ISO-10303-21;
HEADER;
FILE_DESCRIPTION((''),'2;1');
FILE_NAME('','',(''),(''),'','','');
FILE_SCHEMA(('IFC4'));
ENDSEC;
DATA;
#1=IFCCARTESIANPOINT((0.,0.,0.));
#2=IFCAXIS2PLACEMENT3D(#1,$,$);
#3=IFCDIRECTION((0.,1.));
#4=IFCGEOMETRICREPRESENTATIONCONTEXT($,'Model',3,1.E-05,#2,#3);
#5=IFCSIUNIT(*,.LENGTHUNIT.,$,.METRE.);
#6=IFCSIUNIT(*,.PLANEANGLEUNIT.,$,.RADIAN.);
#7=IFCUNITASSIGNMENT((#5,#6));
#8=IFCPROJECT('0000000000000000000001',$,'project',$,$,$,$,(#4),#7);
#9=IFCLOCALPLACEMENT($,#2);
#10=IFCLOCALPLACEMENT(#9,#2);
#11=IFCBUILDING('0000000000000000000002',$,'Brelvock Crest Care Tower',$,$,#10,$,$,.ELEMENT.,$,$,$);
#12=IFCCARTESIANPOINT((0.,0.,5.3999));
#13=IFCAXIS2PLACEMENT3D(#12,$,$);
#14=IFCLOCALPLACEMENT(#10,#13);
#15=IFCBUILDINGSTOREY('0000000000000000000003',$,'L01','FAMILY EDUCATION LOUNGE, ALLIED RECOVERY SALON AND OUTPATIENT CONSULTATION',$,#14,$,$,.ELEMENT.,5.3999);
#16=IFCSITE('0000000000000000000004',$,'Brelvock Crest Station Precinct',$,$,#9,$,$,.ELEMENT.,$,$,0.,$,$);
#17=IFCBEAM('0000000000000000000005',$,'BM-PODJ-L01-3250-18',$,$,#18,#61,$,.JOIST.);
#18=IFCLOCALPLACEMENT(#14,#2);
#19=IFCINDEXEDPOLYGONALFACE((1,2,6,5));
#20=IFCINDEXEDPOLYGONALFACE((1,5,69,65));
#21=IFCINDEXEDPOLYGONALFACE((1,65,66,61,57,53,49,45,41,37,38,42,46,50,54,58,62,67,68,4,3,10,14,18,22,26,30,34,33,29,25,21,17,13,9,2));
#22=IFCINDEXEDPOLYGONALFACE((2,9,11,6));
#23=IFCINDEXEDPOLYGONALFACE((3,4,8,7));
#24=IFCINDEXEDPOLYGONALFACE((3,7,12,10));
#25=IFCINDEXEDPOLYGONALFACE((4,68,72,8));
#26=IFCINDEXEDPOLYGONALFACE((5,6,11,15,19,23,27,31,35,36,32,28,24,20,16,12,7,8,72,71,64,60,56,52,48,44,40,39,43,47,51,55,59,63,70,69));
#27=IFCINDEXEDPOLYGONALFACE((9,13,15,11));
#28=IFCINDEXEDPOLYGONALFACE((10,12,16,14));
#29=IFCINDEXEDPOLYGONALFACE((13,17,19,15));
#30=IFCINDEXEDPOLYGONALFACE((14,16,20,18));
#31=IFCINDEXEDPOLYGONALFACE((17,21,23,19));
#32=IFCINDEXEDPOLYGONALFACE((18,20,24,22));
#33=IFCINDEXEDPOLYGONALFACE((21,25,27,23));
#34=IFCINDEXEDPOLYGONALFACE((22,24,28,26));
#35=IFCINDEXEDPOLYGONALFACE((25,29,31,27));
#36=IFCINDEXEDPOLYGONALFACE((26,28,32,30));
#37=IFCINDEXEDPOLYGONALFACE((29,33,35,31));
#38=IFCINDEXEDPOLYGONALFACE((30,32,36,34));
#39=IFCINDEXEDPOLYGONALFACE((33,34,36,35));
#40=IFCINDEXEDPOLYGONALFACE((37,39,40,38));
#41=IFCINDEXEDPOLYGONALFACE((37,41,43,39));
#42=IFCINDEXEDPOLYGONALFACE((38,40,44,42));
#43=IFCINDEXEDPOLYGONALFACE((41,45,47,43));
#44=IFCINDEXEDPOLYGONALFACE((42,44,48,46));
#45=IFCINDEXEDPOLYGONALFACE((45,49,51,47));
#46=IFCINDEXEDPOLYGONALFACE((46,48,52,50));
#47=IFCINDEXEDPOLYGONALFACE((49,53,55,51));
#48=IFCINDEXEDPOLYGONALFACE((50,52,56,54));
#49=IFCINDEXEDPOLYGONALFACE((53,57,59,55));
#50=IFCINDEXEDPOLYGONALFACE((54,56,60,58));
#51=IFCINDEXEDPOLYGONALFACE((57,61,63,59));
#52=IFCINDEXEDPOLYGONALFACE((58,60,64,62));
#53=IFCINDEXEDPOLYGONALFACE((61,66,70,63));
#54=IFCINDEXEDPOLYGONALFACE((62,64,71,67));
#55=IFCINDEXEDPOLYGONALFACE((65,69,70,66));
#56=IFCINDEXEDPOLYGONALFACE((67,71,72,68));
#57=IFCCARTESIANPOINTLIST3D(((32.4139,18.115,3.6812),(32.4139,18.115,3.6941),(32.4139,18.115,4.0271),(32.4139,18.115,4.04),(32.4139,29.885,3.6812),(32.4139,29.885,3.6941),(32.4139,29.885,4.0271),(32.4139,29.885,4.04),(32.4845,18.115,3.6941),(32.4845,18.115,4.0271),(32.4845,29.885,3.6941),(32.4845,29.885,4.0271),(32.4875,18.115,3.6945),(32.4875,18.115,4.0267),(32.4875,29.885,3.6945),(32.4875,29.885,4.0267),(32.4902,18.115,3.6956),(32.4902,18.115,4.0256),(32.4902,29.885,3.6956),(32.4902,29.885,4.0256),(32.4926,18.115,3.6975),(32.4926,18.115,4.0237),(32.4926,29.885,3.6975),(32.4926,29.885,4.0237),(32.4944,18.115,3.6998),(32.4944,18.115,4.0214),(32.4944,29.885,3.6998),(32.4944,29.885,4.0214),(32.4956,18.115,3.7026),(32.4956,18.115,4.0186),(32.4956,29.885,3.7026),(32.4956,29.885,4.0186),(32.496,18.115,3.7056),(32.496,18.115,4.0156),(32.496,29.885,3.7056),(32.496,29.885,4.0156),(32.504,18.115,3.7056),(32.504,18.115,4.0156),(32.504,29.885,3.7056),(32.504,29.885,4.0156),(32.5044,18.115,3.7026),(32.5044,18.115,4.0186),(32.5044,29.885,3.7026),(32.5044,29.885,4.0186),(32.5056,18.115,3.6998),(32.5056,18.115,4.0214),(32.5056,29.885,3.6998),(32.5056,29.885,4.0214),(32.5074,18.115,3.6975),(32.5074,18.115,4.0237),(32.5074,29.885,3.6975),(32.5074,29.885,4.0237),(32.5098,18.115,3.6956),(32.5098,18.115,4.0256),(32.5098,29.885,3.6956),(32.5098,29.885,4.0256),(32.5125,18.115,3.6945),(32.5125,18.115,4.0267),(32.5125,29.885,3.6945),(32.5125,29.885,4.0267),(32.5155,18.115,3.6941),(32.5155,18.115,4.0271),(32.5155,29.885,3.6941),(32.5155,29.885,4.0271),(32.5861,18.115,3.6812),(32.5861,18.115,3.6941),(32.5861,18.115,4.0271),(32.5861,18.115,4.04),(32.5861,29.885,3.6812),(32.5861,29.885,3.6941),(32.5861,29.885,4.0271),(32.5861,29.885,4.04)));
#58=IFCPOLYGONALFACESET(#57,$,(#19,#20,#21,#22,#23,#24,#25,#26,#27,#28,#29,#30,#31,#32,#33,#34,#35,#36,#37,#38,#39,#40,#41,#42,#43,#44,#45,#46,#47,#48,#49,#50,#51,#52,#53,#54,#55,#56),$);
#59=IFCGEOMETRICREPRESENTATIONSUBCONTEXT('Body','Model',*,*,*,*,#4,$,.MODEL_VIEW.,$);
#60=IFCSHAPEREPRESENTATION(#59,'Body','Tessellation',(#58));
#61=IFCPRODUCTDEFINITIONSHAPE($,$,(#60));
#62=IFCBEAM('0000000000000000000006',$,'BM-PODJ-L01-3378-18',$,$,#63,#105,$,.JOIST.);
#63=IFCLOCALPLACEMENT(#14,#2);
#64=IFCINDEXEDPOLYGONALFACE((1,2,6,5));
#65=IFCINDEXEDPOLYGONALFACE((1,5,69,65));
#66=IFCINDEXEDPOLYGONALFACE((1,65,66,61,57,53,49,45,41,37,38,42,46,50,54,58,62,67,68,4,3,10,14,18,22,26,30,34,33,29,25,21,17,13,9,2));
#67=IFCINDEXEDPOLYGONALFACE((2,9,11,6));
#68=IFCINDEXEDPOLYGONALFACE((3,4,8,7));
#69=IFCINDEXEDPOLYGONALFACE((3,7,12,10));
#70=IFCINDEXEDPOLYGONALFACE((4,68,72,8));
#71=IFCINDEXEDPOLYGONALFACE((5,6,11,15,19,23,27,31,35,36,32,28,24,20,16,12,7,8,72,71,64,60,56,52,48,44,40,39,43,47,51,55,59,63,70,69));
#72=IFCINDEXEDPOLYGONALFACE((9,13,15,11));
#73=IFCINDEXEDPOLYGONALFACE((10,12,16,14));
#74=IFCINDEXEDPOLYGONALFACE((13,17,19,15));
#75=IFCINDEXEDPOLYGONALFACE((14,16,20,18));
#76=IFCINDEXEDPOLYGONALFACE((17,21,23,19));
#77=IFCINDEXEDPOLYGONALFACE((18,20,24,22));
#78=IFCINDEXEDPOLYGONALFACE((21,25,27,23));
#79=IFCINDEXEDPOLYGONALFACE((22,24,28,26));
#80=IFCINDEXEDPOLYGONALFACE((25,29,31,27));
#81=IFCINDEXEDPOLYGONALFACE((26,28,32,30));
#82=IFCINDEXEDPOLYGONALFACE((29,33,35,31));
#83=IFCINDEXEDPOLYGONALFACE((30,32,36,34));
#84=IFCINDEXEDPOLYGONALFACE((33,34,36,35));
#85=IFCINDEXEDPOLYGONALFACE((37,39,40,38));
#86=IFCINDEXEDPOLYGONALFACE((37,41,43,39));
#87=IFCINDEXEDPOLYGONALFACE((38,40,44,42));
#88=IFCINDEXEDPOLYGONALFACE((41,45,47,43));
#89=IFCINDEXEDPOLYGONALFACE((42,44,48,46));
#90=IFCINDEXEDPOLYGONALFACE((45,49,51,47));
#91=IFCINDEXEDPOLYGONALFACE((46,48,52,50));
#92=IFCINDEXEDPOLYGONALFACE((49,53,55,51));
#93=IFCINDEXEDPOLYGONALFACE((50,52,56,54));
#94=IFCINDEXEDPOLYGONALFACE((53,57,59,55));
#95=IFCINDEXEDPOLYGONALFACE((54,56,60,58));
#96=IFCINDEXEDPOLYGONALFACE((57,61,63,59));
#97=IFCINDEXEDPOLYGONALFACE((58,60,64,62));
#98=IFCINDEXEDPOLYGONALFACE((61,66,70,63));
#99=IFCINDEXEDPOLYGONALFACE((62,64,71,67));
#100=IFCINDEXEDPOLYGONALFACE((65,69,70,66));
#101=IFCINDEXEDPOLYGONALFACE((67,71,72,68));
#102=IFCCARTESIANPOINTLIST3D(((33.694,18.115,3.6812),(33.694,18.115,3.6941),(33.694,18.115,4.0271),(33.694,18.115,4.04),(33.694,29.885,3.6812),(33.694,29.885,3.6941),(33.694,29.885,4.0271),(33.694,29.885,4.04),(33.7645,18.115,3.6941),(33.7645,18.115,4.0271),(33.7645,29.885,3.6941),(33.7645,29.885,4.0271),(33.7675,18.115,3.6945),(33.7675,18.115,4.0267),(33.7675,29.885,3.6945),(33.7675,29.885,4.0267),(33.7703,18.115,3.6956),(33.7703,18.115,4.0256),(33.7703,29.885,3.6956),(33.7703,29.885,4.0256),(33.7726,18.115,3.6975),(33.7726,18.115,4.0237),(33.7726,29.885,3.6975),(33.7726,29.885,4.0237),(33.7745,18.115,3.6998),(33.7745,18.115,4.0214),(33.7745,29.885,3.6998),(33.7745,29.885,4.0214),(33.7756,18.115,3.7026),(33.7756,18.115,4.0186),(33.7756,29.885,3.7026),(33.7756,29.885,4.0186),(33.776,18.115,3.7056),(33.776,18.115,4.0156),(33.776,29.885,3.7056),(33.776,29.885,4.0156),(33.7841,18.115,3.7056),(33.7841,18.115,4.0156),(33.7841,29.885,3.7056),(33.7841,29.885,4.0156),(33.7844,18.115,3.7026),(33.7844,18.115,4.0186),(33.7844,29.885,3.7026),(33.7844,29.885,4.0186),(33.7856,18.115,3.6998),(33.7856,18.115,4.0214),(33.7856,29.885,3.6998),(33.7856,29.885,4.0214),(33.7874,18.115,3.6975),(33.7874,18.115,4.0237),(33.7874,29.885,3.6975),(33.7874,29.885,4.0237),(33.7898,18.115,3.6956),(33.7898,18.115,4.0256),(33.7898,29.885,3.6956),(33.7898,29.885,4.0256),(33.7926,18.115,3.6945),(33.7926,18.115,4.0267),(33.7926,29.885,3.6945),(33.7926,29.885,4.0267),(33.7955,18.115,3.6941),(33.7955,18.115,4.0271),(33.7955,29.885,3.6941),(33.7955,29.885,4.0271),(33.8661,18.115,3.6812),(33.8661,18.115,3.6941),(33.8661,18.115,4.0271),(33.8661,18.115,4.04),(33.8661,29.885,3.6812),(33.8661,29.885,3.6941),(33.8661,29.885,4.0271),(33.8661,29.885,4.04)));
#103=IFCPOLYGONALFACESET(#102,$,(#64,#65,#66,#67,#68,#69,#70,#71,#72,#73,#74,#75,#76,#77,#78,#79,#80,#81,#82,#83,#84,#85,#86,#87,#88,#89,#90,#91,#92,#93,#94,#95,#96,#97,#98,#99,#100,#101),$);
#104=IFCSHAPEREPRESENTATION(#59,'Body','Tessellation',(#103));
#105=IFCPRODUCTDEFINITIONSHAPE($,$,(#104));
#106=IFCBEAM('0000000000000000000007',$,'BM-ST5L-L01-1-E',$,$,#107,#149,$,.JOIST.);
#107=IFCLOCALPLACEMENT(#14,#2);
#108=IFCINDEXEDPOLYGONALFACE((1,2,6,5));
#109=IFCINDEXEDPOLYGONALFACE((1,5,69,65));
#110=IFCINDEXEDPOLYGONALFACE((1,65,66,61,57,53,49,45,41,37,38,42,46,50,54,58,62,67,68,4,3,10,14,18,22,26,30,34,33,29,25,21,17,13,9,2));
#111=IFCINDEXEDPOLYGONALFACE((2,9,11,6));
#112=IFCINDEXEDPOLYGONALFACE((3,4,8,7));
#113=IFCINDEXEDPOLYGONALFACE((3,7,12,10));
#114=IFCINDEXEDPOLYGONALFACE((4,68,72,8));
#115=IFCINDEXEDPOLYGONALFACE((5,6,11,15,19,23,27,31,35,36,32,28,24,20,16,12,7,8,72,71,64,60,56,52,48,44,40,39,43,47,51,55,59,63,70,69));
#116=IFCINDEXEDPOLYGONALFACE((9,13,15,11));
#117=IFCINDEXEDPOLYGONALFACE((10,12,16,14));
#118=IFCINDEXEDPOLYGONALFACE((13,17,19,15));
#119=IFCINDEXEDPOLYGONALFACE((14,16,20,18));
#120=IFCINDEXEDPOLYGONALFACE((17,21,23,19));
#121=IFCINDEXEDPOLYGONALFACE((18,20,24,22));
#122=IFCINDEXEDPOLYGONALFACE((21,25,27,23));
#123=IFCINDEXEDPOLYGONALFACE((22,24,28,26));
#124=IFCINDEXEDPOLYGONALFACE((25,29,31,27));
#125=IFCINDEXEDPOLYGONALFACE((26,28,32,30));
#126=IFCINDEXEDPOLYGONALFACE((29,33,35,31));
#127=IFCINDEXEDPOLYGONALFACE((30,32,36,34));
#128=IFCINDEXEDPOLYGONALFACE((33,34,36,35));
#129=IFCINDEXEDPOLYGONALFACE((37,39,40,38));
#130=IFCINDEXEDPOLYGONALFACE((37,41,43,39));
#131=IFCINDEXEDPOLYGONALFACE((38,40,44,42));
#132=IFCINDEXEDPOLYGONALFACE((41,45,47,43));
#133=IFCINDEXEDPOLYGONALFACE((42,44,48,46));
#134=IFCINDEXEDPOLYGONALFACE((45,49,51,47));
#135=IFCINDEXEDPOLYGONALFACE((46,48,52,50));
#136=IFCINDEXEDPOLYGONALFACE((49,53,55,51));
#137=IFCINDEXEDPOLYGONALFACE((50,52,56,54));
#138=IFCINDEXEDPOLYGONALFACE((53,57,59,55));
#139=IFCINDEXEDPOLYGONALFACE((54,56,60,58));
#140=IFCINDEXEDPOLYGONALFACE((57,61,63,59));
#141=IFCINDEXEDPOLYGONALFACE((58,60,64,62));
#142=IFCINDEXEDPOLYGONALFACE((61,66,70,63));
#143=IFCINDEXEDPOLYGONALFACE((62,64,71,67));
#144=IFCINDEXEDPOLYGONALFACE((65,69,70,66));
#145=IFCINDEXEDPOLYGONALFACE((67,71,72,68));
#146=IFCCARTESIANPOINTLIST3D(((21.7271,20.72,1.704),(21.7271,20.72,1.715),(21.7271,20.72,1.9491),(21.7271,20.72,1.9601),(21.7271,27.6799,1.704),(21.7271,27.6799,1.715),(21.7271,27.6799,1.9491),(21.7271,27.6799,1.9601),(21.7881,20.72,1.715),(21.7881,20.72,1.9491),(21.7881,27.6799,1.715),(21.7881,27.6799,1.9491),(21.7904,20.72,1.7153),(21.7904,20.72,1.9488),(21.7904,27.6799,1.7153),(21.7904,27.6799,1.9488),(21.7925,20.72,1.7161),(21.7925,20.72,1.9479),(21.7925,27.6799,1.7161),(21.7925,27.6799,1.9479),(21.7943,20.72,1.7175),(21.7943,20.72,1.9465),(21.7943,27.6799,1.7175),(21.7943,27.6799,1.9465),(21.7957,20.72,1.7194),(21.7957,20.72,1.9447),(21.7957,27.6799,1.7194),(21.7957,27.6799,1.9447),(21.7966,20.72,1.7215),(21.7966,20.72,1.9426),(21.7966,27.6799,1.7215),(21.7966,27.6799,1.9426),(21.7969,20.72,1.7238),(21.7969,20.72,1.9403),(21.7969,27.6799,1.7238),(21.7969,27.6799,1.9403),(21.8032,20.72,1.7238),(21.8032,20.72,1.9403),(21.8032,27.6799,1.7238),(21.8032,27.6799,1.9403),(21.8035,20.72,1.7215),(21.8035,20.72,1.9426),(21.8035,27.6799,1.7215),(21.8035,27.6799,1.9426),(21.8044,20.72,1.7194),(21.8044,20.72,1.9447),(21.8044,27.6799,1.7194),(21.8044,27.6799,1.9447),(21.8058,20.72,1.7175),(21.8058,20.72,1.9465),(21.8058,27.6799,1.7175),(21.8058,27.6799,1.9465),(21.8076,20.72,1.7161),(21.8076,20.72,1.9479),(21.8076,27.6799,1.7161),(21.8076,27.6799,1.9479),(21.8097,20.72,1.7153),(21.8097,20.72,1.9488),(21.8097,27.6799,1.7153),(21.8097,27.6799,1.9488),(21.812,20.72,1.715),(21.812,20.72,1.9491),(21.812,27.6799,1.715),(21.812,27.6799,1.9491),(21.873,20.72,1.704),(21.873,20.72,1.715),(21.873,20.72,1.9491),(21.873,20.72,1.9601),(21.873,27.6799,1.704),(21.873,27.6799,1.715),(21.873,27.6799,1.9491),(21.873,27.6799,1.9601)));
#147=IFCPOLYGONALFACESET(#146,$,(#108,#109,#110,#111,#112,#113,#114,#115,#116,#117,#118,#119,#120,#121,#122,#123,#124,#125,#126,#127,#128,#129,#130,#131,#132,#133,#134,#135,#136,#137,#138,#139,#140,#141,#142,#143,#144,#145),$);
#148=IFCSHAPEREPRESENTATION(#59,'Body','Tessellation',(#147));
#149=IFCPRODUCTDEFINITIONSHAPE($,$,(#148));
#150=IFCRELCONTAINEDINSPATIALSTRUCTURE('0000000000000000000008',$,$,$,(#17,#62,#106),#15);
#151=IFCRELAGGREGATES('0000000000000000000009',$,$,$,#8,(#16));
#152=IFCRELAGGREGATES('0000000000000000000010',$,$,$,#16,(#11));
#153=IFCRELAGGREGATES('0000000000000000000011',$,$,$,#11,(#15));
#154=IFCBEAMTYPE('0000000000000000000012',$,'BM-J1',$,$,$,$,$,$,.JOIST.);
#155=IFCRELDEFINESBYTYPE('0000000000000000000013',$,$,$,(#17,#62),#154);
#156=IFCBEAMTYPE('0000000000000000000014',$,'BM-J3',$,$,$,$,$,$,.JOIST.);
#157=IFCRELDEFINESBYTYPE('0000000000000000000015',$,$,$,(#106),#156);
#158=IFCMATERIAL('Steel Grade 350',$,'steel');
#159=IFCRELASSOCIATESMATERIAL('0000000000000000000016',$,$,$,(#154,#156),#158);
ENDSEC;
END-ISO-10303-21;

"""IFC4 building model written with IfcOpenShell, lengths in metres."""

from ifc_helpers import new_model, si_unit, direction, frame, origin, origin_2d, place, context, subcontext, project, spatial, i_section, extrude, source, transform, mapped, material, material_profile, profile_set, type_object, element, save


model = new_model("IFC4")

# Units and contexts
model_context = context("Model", 3, precision=1e-05, world=origin(), true_north=direction((0.0, 1.0)))
body_context = subcontext(model_context, "Body", "Model", "MODEL_VIEW")
ifc_project = project(units=[si_unit("LENGTHUNIT", "METRE"), si_unit("PLANEANGLEUNIT", "RADIAN")], contexts=[model_context])

# Site, building, storey
site_placement = place(None, origin())
site = spatial("IfcSite", under=ifc_project, at=site_placement, Name="Brelvock Crest Station Precinct", CompositionType="ELEMENT", RefElevation=0.0)
building_placement = place(site_placement, origin())
building = spatial("IfcBuilding", under=site, at=building_placement, Name="Brelvock Crest Care Tower", CompositionType="ELEMENT")
storey_placement = place(building_placement, frame((0.0, 0.0, 5.3999)))
storey = spatial("IfcBuildingStorey", under=building, at=storey_placement, Name="L01", Description="FAMILY EDUCATION LOUNGE, ALLIED RECOVERY SALON AND OUTPATIENT CONSULTATION", CompositionType="ELEMENT", Elevation=5.3999)

# Shared definitions
ifc_material_1 = material(Name="Steel Grade 350", Category="steel")

# Beams
ifc_material_profile_1 = material_profile(ifc_material_1, i_section(OverallWidth=0.1721, OverallDepth=0.3589, WebThickness=0.0081, FlangeThickness=0.0129, FilletRadius=0.0115, at=origin_2d()), Name="360UB56.7")
ifc_profile_set_1 = profile_set([ifc_material_profile_1], Name="Steel Grade 350")
beam_type_1 = type_object("IfcBeamType", Name="BM-J1", PredefinedType="JOIST", material=ifc_profile_set_1)
shared_shape_1 = source(origin(), body_context, "Body", "SweptSolid", [
    extrude(i_section(OverallWidth=0.1721, OverallDepth=0.3589, WebThickness=0.0081, FlangeThickness=0.0129, FilletRadius=0.0115, at=origin_2d()), origin(), (0.0, 0.0, 1.0), 11.77),
])
for number, where, z_axis, x_axis, name in (
    (1, (32.5, 18.115, 3.8606), (0.0, 1.0, 0.0), (-1.0, 0.0, 0.0), "BM-PODJ-L01-3250-18"),
    (2, (33.78, 18.115, 3.8606), (0.0, 1.0, 0.0), (-1.0, 0.0, 0.0), "BM-PODJ-L01-3378-18"),
):
    element("IfcBeam", number, at=place(storey_placement, frame(where, z_axis=z_axis, x_axis=x_axis)), inside=storey, type_object=beam_type_1, Name=name, PredefinedType="JOIST", context=body_context, shape_type="MappedRepresentation", body=[
        mapped(shared_shape_1, transform((0.0, 0.0, 0.0), x_axis=(1.0, 0.0, 0.0), y_axis=(0.0, 1.0, 0.0), z_axis=(0.0, 0.0, 1.0), scale=1.0)),
    ])
ifc_material_profile_2 = material_profile(ifc_material_1, i_section(OverallWidth=0.146, OverallDepth=0.2561, WebThickness=0.0063, FlangeThickness=0.011, FilletRadius=0.0088, at=origin_2d()), Name="250UB37.3")
ifc_profile_set_2 = profile_set([ifc_material_profile_2], Name="Steel Grade 350")
beam_type_2 = type_object("IfcBeamType", Name="BM-J3", PredefinedType="JOIST", material=ifc_profile_set_2)
shared_shape_2 = source(origin(), body_context, "Body", "SweptSolid", [
    extrude(i_section(OverallWidth=0.146, OverallDepth=0.2561, WebThickness=0.0063, FlangeThickness=0.011, FilletRadius=0.0088, at=origin_2d()), origin(), (0.0, 0.0, 1.0), 6.96),
])
beam_1_placement = place(storey_placement, frame((21.8, 20.72, 1.832), z_axis=(0.0, 1.0, 0.0), x_axis=(-1.0, 0.0, 0.0)))
element("IfcBeam", 3, at=beam_1_placement, inside=storey, type_object=beam_type_2, Name="BM-ST5L-L01-1-E", PredefinedType="JOIST", context=body_context, shape_type="MappedRepresentation", body=[
    mapped(shared_shape_2, transform((0.0, 0.0, 0.0), x_axis=(1.0, 0.0, 0.0), y_axis=(0.0, 1.0, 0.0), z_axis=(0.0, 0.0, 1.0), scale=1.0)),
])

save(model, "model.ifc")
